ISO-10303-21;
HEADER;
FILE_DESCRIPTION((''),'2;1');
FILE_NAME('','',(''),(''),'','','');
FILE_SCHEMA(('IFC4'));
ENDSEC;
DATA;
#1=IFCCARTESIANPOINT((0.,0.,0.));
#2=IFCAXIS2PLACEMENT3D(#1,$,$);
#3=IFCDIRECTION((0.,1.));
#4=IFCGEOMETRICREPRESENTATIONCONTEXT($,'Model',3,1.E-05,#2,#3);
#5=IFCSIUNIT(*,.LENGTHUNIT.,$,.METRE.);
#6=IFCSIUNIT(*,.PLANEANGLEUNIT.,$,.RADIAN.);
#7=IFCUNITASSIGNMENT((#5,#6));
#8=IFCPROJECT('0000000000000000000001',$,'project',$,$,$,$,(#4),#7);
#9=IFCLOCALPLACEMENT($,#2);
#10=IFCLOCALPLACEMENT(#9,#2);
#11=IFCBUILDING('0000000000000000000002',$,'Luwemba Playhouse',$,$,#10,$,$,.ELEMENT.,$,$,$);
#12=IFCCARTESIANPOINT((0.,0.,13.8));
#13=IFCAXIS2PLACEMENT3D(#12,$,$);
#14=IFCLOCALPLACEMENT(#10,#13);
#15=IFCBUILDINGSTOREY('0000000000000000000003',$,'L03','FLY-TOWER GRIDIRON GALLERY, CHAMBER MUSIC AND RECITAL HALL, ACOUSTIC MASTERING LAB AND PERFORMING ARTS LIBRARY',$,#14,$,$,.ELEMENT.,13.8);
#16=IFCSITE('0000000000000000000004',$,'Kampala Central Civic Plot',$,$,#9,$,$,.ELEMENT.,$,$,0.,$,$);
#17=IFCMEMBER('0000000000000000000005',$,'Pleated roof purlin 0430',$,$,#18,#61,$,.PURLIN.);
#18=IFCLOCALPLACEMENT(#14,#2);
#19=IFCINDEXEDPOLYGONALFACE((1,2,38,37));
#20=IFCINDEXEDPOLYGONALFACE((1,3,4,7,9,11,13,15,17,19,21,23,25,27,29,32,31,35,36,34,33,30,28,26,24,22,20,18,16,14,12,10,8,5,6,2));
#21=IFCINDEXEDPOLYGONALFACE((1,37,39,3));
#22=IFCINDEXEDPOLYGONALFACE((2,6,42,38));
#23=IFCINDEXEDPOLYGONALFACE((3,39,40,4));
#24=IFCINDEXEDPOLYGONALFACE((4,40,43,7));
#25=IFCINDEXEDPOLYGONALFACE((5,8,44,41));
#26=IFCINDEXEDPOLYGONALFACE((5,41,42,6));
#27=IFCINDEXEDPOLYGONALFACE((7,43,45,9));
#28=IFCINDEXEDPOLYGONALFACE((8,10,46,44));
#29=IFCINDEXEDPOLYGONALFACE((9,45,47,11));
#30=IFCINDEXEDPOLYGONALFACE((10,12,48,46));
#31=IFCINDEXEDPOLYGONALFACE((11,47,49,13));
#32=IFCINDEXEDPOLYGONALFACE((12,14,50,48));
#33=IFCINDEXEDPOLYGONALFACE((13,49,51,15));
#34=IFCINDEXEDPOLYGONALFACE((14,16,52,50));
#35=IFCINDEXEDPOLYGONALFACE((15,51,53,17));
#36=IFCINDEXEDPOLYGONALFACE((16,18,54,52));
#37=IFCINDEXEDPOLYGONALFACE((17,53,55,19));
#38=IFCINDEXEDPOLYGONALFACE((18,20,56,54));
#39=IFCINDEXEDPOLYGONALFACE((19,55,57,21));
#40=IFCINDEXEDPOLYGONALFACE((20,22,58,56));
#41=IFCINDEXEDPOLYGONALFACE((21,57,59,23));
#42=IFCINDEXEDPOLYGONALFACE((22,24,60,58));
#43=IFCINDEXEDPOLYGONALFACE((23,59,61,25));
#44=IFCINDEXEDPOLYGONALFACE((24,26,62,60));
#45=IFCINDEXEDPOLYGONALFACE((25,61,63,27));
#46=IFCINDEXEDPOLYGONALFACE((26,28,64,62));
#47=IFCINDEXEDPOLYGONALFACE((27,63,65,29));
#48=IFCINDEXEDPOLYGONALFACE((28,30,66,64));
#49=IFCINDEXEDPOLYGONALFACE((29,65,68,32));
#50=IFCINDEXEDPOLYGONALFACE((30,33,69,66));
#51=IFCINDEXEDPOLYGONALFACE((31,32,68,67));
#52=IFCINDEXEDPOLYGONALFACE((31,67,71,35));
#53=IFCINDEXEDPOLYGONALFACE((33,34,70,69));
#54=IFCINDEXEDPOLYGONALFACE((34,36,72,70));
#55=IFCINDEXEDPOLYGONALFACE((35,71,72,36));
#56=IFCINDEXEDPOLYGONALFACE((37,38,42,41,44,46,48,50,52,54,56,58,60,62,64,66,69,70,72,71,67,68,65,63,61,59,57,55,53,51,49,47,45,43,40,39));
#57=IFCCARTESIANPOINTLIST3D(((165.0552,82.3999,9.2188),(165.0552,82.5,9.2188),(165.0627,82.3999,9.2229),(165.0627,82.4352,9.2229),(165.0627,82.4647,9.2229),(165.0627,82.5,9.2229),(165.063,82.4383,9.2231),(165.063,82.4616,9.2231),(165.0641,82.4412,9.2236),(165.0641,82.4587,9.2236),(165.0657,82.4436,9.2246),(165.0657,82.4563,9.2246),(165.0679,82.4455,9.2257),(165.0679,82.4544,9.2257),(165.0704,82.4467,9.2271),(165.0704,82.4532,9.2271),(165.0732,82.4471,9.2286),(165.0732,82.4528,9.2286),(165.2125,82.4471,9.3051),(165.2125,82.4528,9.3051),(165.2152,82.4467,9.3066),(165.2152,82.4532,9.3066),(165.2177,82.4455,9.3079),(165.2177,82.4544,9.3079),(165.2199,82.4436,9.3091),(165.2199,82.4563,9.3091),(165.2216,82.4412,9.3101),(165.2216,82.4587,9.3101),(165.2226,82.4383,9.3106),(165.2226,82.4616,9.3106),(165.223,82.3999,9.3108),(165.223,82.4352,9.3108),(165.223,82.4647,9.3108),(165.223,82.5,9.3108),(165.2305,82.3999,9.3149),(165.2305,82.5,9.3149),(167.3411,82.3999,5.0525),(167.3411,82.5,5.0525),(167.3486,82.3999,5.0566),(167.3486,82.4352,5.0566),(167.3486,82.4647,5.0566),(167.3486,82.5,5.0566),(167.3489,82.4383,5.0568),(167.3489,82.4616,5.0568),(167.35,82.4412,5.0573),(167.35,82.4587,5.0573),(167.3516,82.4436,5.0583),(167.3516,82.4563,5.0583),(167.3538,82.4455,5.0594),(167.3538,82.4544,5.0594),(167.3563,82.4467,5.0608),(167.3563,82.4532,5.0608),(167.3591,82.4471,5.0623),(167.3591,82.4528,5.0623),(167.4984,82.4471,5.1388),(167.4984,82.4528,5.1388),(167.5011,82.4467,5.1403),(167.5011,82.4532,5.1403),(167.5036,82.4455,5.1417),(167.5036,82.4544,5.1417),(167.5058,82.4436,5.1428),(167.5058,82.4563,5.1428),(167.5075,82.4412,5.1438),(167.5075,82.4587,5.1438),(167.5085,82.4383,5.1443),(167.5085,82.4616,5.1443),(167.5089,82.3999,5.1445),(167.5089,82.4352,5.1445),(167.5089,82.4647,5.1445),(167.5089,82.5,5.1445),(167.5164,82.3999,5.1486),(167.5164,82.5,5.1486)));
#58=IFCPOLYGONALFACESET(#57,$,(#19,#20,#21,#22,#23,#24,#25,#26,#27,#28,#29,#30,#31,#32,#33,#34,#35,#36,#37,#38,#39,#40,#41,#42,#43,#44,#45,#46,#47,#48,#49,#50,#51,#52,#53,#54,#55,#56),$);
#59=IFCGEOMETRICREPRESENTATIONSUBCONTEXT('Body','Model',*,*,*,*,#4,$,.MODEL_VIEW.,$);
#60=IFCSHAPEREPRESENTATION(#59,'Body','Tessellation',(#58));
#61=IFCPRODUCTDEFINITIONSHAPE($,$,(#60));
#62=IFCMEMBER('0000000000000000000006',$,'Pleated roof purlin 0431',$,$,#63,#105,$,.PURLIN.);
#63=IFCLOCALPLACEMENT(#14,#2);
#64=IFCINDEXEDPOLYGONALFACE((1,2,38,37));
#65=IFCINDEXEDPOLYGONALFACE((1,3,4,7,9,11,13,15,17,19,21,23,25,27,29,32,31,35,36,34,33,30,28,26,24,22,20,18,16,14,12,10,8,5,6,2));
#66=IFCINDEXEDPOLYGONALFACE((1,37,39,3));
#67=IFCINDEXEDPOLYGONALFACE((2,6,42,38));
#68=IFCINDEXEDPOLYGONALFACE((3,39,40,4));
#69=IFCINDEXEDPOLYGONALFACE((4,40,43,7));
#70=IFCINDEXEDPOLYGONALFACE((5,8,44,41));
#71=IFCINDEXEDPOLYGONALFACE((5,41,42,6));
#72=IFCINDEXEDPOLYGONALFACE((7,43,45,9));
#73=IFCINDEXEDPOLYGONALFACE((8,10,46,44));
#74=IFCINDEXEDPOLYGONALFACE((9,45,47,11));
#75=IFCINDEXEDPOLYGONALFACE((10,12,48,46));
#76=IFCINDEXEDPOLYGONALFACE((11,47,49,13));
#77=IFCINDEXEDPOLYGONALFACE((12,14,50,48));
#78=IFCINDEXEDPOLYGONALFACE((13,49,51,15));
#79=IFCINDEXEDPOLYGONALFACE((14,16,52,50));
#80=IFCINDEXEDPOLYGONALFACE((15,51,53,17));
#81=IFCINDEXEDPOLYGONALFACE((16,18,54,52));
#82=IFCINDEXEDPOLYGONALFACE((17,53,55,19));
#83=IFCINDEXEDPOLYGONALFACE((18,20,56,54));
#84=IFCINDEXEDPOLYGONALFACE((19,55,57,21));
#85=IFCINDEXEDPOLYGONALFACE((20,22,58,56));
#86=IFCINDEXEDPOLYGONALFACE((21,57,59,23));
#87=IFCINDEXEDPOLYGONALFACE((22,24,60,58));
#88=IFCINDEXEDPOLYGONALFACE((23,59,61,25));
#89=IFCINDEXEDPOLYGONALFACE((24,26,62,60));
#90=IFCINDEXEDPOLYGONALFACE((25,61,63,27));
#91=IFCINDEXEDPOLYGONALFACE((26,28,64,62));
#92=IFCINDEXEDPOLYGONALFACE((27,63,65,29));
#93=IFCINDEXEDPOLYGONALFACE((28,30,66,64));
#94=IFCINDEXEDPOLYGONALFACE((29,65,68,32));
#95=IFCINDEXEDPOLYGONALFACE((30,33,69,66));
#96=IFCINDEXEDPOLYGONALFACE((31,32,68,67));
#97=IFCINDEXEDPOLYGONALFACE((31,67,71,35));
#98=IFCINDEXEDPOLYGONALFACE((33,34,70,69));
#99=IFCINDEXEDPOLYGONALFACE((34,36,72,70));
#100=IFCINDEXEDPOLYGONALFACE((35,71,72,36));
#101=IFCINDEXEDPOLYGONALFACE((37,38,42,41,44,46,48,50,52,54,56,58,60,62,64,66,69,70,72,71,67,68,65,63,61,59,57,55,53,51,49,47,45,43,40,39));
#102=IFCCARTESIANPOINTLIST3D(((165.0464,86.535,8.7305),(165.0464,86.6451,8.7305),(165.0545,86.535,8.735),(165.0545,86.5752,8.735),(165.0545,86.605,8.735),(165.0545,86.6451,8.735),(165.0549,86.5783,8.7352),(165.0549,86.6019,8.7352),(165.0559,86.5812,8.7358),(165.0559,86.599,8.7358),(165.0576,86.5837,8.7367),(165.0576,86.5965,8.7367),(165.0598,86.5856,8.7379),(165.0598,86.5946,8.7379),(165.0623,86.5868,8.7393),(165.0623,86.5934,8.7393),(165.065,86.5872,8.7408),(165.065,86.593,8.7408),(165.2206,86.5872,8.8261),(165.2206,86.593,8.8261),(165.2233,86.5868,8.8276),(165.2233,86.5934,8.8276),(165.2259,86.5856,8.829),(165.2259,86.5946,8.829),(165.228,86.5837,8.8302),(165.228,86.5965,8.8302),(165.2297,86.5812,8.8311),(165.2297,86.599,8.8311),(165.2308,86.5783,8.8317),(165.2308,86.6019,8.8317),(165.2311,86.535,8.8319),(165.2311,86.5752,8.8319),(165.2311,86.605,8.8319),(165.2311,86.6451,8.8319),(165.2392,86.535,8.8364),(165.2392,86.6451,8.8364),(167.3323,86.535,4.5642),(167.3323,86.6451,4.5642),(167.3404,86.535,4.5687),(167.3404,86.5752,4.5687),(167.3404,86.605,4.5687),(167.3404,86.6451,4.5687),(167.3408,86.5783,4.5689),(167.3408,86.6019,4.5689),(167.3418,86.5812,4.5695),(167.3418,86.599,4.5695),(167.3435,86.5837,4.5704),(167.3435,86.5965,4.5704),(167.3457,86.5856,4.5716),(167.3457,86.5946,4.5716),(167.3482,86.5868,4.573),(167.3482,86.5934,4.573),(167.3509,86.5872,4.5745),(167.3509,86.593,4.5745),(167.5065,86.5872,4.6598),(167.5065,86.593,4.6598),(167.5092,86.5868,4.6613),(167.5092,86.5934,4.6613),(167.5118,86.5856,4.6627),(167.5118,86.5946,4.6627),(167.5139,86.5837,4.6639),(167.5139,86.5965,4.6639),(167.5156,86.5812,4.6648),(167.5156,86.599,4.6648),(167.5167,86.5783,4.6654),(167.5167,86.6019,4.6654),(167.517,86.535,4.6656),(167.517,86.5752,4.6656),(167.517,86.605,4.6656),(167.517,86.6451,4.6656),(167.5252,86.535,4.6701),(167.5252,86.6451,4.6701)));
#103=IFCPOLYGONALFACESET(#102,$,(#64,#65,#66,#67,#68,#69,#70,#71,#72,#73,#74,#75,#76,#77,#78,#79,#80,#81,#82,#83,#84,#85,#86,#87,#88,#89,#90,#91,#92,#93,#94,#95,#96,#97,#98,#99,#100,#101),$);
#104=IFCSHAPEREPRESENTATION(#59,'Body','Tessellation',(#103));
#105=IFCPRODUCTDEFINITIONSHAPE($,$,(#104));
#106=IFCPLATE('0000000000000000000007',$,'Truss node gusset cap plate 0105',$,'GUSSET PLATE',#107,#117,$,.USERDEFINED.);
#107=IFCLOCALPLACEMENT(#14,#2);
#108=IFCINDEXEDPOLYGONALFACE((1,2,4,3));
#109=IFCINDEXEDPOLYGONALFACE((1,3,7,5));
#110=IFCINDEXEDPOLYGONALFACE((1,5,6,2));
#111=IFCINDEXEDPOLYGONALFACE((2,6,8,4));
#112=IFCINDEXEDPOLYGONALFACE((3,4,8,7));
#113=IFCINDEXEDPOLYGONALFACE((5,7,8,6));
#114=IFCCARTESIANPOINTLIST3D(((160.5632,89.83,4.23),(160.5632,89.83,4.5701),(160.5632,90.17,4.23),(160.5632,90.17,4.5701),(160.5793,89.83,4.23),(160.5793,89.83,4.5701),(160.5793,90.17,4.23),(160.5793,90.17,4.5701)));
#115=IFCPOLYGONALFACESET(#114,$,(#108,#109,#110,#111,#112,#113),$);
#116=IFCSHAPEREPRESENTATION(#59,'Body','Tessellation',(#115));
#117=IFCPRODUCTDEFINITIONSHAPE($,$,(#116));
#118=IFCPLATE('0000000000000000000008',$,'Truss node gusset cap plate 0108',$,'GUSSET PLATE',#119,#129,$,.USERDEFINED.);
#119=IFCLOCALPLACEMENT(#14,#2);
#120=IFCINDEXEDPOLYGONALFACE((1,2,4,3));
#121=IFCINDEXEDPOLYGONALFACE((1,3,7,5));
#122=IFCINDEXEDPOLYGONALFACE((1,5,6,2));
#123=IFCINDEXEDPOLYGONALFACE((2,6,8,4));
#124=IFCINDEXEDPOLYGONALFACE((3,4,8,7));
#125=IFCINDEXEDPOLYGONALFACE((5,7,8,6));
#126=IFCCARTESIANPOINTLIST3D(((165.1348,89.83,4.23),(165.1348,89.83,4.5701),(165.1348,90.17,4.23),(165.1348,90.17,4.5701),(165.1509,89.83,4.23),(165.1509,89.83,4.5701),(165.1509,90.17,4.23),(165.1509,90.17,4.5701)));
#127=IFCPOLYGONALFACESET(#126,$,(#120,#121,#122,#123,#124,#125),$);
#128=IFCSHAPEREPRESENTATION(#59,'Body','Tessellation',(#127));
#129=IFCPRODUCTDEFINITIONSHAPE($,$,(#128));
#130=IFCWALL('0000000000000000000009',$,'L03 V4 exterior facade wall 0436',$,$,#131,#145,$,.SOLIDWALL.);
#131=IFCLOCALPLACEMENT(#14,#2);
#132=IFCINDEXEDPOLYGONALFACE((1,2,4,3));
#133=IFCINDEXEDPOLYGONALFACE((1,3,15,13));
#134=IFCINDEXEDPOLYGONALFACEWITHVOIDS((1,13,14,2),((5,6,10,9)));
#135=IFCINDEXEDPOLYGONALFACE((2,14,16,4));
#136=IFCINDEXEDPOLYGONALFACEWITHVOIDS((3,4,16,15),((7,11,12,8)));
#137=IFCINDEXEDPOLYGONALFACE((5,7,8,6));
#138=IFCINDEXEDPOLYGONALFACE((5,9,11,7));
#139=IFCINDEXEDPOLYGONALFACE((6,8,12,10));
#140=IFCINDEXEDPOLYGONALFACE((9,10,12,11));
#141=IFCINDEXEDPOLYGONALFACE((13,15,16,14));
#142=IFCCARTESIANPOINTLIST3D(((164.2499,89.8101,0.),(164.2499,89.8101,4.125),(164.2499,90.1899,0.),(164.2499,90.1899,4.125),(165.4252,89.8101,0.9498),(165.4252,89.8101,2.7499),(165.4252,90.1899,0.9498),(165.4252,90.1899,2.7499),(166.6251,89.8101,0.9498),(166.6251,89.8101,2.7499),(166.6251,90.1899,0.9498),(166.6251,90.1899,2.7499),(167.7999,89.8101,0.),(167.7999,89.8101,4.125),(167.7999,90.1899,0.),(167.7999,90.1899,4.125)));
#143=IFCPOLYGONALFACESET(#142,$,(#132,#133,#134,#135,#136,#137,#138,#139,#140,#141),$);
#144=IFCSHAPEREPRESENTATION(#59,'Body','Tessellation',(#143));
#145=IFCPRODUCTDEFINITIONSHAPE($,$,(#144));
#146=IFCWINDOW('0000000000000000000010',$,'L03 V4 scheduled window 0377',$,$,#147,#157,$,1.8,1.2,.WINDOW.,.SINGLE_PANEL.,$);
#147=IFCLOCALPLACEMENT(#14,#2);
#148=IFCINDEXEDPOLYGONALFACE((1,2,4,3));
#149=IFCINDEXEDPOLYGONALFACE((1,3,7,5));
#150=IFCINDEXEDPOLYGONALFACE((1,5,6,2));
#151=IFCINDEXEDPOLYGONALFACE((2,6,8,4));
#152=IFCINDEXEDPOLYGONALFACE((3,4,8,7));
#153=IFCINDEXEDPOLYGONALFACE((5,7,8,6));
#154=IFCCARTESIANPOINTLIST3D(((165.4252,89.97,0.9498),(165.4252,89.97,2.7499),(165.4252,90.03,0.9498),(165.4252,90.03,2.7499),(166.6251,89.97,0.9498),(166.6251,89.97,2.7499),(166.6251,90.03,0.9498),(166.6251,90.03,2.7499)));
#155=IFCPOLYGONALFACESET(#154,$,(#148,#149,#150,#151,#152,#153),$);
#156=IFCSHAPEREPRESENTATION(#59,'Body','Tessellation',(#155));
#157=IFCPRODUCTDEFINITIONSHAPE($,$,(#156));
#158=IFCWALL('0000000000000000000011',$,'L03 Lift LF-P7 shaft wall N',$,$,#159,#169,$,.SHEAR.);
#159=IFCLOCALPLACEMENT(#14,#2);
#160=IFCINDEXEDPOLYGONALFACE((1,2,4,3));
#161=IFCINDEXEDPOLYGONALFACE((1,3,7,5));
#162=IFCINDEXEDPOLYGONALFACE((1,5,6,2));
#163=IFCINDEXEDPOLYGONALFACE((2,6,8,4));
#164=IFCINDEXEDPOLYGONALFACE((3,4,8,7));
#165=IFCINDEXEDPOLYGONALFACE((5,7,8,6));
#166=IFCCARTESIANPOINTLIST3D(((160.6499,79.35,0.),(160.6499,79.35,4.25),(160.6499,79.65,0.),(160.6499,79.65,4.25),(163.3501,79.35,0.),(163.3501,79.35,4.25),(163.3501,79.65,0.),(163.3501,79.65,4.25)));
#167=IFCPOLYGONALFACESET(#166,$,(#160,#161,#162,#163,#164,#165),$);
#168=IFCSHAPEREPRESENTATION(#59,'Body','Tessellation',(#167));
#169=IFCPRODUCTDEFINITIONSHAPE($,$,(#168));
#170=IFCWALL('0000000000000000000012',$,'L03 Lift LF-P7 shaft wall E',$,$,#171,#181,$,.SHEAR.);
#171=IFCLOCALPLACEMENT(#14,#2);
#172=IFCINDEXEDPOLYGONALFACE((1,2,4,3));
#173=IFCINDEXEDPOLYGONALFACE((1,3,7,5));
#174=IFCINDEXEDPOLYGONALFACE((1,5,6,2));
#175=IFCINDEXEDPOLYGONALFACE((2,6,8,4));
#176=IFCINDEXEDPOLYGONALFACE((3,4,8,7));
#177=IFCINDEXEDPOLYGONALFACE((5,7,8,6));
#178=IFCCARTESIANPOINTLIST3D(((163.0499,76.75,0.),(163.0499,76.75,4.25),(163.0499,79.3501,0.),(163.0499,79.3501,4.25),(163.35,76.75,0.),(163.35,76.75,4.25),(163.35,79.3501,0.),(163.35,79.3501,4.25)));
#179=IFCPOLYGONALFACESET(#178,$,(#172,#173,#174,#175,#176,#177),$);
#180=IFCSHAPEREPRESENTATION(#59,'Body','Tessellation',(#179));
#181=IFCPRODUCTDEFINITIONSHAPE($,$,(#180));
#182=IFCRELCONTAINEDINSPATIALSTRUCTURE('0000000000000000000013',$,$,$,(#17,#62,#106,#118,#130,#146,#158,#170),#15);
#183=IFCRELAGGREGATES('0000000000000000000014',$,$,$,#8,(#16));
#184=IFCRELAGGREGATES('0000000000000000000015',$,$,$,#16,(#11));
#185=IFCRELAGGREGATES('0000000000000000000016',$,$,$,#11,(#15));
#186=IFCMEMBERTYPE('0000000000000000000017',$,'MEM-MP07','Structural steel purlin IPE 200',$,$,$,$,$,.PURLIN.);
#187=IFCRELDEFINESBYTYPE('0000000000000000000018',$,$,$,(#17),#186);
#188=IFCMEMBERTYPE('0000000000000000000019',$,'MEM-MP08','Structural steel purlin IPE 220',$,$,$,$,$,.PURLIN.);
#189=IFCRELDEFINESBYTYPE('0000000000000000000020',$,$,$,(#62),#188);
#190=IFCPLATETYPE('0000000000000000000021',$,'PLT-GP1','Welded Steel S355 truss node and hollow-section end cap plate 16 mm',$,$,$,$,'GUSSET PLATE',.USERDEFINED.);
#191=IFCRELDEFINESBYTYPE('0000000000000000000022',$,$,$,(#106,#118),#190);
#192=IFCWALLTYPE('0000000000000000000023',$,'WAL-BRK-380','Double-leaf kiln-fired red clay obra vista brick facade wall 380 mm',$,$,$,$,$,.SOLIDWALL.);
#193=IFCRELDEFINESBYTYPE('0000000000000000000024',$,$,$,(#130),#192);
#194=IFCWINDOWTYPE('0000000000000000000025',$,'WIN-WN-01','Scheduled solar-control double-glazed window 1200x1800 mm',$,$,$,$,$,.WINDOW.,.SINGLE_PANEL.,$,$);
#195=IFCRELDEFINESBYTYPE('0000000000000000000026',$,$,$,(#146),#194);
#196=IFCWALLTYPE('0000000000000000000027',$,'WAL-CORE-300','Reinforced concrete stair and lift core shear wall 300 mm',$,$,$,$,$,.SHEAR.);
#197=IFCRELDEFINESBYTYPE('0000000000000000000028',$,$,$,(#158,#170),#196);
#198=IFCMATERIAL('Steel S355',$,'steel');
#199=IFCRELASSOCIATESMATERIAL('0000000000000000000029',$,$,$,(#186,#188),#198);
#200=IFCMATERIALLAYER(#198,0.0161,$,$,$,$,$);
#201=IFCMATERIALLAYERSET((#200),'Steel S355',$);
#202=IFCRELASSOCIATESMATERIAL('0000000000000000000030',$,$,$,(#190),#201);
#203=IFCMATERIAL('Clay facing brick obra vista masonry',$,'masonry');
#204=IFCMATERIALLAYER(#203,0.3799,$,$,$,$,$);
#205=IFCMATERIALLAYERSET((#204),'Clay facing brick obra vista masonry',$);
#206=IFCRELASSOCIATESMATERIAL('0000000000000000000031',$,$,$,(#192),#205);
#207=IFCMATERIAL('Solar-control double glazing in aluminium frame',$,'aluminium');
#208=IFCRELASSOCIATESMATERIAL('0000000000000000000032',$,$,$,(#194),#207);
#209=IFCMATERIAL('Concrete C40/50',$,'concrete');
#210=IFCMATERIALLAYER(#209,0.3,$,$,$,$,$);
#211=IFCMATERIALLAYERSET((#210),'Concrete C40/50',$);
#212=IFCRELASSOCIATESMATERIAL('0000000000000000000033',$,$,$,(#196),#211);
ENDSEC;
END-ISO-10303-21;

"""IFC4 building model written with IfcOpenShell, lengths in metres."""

from ifc_helpers import new_model, si_unit, direction, frame, frame_2d, origin, origin_2d, place, context, subcontext, project, spatial, rectangle, i_section, extrude, material, layer, layer_set, material_profile, profile_set, type_object, element, fill, save


model = new_model("IFC4")

# Units and contexts
model_context = context("Model", 3, precision=1e-05, world=origin(), true_north=direction((0.0, 1.0)))
body_context = subcontext(model_context, "Body", "Model", "MODEL_VIEW")
ifc_project = project(units=[si_unit("LENGTHUNIT", "METRE"), si_unit("PLANEANGLEUNIT", "RADIAN")], contexts=[model_context])

# Site, building, storey
site_placement = place(None, origin())
site = spatial("IfcSite", under=ifc_project, at=site_placement, Name="Kampala Central Civic Plot", CompositionType="ELEMENT", RefElevation=0.0)
building_placement = place(site_placement, origin())
building = spatial("IfcBuilding", under=site, at=building_placement, Name="Luwemba Playhouse", CompositionType="ELEMENT")
storey_placement = place(building_placement, frame((0.0, 0.0, 13.8)))
storey = spatial("IfcBuildingStorey", under=building, at=storey_placement, Name="L03", Description="FLY-TOWER GRIDIRON GALLERY, CHAMBER MUSIC AND RECITAL HALL, ACOUSTIC MASTERING LAB AND PERFORMING ARTS LIBRARY", CompositionType="ELEMENT", Elevation=13.8)

# Shared definitions
ifc_material_1 = material(Name="Concrete C40/50", Category="concrete")

# Shared definitions
ifc_material_2 = material(Name="Steel S355", Category="steel")

# Members
ifc_material_profile_1 = material_profile(ifc_material_2, i_section(OverallWidth=0.1001, OverallDepth=0.2, WebThickness=0.0056, FlangeThickness=0.0085, FilletRadius=0.012, at=origin_2d()))
ifc_profile_set_1 = profile_set([ifc_material_profile_1], Name="Steel S355")
member_type_1 = type_object("IfcMemberType", Name="MEM-MP07", Description="Structural steel purlin IPE 200", PredefinedType="PURLIN", material=ifc_profile_set_1)
member_1_placement = place(storey_placement, frame((165.1428, 82.45, 9.2668), z_axis=(0.481021, 0.0, -0.876709), x_axis=(0.0, 1.0, 0.0)))
element("IfcMember", 1, at=member_1_placement, inside=storey, type_object=member_type_1, Name="Pleated roof purlin 0430", PredefinedType="PURLIN", context=body_context, shape_type="SweptSolid", body=[
    extrude(i_section(OverallWidth=0.1001, OverallDepth=0.2, WebThickness=0.0056, FlangeThickness=0.0085, FilletRadius=0.012, at=origin_2d()), origin(), (0.0, 0.0, 1.0), 4.7522),
])
ifc_material_profile_2 = material_profile(ifc_material_2, i_section(OverallWidth=0.1101, OverallDepth=0.22, WebThickness=0.0059, FlangeThickness=0.0093, FilletRadius=0.012, at=origin_2d()))
ifc_profile_set_2 = profile_set([ifc_material_profile_2], Name="Steel S355")
member_type_2 = type_object("IfcMemberType", Name="MEM-MP08", Description="Structural steel purlin IPE 220", PredefinedType="PURLIN", material=ifc_profile_set_2)
member_2_placement = place(storey_placement, frame((165.1428, 86.5901, 8.7834), z_axis=(0.481021, 0.0, -0.876709), x_axis=(0.0, 1.0, 0.0)))
element("IfcMember", 2, at=member_2_placement, inside=storey, type_object=member_type_2, Name="Pleated roof purlin 0431", PredefinedType="PURLIN", context=body_context, shape_type="SweptSolid", body=[
    extrude(i_section(OverallWidth=0.1101, OverallDepth=0.22, WebThickness=0.0059, FlangeThickness=0.0093, FilletRadius=0.012, at=origin_2d()), origin(), (0.0, 0.0, 1.0), 4.7522),
])

# Plates
ifc_layer_1 = layer(ifc_material_2, 0.0161)
ifc_layer_set_1 = layer_set([ifc_layer_1], Name="Steel S355")
plate_type = type_object("IfcPlateType", Name="PLT-GP1", Description="Welded Steel S355 truss node and hollow-section end cap plate 16 mm", ElementType="GUSSET PLATE", PredefinedType="USERDEFINED", material=ifc_layer_set_1)
for number, where, z_axis, x_axis, name in (
    (3, (160.5713, 90.0, 4.23), (0.0, 0.0, 1.0), (1.0, 0.0, 0.0), "Truss node gusset cap plate 0105"),
    (4, (165.1428, 90.0, 4.23), (0.0, 0.0, 1.0), (1.0, 0.0, 0.0), "Truss node gusset cap plate 0108"),
):
    element("IfcPlate", number, at=place(storey_placement, frame(where, z_axis=z_axis, x_axis=x_axis)), inside=storey, type_object=plate_type, Name=name, ObjectType="GUSSET PLATE", PredefinedType="USERDEFINED", context=body_context, shape_type="SweptSolid", body=[
        extrude(rectangle(XDim=0.0161, YDim=0.3401, at=origin_2d()), origin(), (0.0, 0.0, 1.0), 0.3401),
    ])

# Wall, opening, window
ifc_material_3 = material(Name="Clay facing brick obra vista masonry", Category="masonry")
ifc_layer_2 = layer(ifc_material_3, 0.3799)
ifc_layer_set_2 = layer_set([ifc_layer_2], Name="Clay facing brick obra vista masonry")
wall_type_1 = type_object("IfcWallType", Name="WAL-BRK-380", Description="Double-leaf kiln-fired red clay obra vista brick facade wall 380 mm", PredefinedType="SOLIDWALL", material=ifc_layer_set_2)
wall_1_placement = place(storey_placement, frame((164.25, 90.0, 0.0), z_axis=(0.0, 0.0, 1.0), x_axis=(1.0, 0.0, 0.0)))
wall_1 = element("IfcWall", 5, at=wall_1_placement, inside=storey, type_object=wall_type_1, Name="L03 V4 exterior facade wall 0436", PredefinedType="SOLIDWALL", context=body_context, shape_type="SweptSolid", body=[
    extrude(rectangle(XDim=3.55, YDim=0.3799, at=frame_2d((1.7749, 0.0))), origin(), (0.0, 0.0, 1.0), 4.125),
])
opening_placement = place(wall_1_placement, frame((1.175, 0.0, 0.95)))
opening = element("IfcOpeningElement", 6, at=opening_placement, cuts=wall_1, PredefinedType="OPENING", context=body_context, shape_type="SweptSolid", body=[
    extrude(rectangle(XDim=1.2, YDim=1.8, at=frame_2d((0.6001, 0.8999))), frame((0.0, 0.2, 0.0), z_axis=(0.0, -1.0, 0.0), x_axis=(1.0, 0.0, 0.0)), (0.0, 0.0, 1.0), 0.3999),
])
ifc_material_4 = material(Name="Solar-control double glazing in aluminium frame", Category="aluminium")
window_type = type_object("IfcWindowType", Name="WIN-WN-01", Description="Scheduled solar-control double-glazed window 1200x1800 mm", PartitioningType="SINGLE_PANEL", PredefinedType="WINDOW", material=ifc_material_4)
window_placement = place(opening_placement, origin())
window = element("IfcWindow", 7, at=window_placement, inside=storey, type_object=window_type, Name="L03 V4 scheduled window 0377", OverallHeight=1.8, OverallWidth=1.2, PartitioningType="SINGLE_PANEL", PredefinedType="WINDOW", context=body_context, shape_type="SweptSolid", body=[
    extrude(rectangle(XDim=1.2, YDim=1.8, at=frame_2d((0.6001, 0.8999))), frame((0.0, 0.03, 0.0), z_axis=(0.0, -1.0, 0.0), x_axis=(1.0, 0.0, 0.0)), (0.0, 0.0, 1.0), 0.0601),
])
fill(opening, window)

# Walls
ifc_layer_3 = layer(ifc_material_1, 0.3)
ifc_layer_set_3 = layer_set([ifc_layer_3], Name="Concrete C40/50")
wall_type_2 = type_object("IfcWallType", Name="WAL-CORE-300", Description="Reinforced concrete stair and lift core shear wall 300 mm", PredefinedType="SHEAR", material=ifc_layer_set_3)
wall_2_placement = place(storey_placement, frame((163.3501, 79.5, 0.0), z_axis=(0.0, 0.0, 1.0), x_axis=(-1.0, 0.0, 0.0)))
element("IfcWall", 8, at=wall_2_placement, inside=storey, type_object=wall_type_2, Name="L03 Lift LF-P7 shaft wall N", PredefinedType="SHEAR", context=body_context, shape_type="SweptSolid", body=[
    extrude(rectangle(XDim=2.7002, YDim=0.3, at=frame_2d((1.3501, 0.0))), origin(), (0.0, 0.0, 1.0), 4.25),
])
wall_3_placement = place(storey_placement, frame((163.2, 79.3501, 0.0), z_axis=(0.0, 0.0, 1.0), x_axis=(0.0, -1.0, 0.0)))
element("IfcWall", 9, at=wall_3_placement, inside=storey, type_object=wall_type_2, Name="L03 Lift LF-P7 shaft wall E", PredefinedType="SHEAR", context=body_context, shape_type="SweptSolid", body=[
    extrude(rectangle(XDim=2.6001, YDim=0.3, at=frame_2d((1.3, 0.0))), origin(), (0.0, 0.0, 1.0), 4.25),
])

save(model, "model.ifc")
